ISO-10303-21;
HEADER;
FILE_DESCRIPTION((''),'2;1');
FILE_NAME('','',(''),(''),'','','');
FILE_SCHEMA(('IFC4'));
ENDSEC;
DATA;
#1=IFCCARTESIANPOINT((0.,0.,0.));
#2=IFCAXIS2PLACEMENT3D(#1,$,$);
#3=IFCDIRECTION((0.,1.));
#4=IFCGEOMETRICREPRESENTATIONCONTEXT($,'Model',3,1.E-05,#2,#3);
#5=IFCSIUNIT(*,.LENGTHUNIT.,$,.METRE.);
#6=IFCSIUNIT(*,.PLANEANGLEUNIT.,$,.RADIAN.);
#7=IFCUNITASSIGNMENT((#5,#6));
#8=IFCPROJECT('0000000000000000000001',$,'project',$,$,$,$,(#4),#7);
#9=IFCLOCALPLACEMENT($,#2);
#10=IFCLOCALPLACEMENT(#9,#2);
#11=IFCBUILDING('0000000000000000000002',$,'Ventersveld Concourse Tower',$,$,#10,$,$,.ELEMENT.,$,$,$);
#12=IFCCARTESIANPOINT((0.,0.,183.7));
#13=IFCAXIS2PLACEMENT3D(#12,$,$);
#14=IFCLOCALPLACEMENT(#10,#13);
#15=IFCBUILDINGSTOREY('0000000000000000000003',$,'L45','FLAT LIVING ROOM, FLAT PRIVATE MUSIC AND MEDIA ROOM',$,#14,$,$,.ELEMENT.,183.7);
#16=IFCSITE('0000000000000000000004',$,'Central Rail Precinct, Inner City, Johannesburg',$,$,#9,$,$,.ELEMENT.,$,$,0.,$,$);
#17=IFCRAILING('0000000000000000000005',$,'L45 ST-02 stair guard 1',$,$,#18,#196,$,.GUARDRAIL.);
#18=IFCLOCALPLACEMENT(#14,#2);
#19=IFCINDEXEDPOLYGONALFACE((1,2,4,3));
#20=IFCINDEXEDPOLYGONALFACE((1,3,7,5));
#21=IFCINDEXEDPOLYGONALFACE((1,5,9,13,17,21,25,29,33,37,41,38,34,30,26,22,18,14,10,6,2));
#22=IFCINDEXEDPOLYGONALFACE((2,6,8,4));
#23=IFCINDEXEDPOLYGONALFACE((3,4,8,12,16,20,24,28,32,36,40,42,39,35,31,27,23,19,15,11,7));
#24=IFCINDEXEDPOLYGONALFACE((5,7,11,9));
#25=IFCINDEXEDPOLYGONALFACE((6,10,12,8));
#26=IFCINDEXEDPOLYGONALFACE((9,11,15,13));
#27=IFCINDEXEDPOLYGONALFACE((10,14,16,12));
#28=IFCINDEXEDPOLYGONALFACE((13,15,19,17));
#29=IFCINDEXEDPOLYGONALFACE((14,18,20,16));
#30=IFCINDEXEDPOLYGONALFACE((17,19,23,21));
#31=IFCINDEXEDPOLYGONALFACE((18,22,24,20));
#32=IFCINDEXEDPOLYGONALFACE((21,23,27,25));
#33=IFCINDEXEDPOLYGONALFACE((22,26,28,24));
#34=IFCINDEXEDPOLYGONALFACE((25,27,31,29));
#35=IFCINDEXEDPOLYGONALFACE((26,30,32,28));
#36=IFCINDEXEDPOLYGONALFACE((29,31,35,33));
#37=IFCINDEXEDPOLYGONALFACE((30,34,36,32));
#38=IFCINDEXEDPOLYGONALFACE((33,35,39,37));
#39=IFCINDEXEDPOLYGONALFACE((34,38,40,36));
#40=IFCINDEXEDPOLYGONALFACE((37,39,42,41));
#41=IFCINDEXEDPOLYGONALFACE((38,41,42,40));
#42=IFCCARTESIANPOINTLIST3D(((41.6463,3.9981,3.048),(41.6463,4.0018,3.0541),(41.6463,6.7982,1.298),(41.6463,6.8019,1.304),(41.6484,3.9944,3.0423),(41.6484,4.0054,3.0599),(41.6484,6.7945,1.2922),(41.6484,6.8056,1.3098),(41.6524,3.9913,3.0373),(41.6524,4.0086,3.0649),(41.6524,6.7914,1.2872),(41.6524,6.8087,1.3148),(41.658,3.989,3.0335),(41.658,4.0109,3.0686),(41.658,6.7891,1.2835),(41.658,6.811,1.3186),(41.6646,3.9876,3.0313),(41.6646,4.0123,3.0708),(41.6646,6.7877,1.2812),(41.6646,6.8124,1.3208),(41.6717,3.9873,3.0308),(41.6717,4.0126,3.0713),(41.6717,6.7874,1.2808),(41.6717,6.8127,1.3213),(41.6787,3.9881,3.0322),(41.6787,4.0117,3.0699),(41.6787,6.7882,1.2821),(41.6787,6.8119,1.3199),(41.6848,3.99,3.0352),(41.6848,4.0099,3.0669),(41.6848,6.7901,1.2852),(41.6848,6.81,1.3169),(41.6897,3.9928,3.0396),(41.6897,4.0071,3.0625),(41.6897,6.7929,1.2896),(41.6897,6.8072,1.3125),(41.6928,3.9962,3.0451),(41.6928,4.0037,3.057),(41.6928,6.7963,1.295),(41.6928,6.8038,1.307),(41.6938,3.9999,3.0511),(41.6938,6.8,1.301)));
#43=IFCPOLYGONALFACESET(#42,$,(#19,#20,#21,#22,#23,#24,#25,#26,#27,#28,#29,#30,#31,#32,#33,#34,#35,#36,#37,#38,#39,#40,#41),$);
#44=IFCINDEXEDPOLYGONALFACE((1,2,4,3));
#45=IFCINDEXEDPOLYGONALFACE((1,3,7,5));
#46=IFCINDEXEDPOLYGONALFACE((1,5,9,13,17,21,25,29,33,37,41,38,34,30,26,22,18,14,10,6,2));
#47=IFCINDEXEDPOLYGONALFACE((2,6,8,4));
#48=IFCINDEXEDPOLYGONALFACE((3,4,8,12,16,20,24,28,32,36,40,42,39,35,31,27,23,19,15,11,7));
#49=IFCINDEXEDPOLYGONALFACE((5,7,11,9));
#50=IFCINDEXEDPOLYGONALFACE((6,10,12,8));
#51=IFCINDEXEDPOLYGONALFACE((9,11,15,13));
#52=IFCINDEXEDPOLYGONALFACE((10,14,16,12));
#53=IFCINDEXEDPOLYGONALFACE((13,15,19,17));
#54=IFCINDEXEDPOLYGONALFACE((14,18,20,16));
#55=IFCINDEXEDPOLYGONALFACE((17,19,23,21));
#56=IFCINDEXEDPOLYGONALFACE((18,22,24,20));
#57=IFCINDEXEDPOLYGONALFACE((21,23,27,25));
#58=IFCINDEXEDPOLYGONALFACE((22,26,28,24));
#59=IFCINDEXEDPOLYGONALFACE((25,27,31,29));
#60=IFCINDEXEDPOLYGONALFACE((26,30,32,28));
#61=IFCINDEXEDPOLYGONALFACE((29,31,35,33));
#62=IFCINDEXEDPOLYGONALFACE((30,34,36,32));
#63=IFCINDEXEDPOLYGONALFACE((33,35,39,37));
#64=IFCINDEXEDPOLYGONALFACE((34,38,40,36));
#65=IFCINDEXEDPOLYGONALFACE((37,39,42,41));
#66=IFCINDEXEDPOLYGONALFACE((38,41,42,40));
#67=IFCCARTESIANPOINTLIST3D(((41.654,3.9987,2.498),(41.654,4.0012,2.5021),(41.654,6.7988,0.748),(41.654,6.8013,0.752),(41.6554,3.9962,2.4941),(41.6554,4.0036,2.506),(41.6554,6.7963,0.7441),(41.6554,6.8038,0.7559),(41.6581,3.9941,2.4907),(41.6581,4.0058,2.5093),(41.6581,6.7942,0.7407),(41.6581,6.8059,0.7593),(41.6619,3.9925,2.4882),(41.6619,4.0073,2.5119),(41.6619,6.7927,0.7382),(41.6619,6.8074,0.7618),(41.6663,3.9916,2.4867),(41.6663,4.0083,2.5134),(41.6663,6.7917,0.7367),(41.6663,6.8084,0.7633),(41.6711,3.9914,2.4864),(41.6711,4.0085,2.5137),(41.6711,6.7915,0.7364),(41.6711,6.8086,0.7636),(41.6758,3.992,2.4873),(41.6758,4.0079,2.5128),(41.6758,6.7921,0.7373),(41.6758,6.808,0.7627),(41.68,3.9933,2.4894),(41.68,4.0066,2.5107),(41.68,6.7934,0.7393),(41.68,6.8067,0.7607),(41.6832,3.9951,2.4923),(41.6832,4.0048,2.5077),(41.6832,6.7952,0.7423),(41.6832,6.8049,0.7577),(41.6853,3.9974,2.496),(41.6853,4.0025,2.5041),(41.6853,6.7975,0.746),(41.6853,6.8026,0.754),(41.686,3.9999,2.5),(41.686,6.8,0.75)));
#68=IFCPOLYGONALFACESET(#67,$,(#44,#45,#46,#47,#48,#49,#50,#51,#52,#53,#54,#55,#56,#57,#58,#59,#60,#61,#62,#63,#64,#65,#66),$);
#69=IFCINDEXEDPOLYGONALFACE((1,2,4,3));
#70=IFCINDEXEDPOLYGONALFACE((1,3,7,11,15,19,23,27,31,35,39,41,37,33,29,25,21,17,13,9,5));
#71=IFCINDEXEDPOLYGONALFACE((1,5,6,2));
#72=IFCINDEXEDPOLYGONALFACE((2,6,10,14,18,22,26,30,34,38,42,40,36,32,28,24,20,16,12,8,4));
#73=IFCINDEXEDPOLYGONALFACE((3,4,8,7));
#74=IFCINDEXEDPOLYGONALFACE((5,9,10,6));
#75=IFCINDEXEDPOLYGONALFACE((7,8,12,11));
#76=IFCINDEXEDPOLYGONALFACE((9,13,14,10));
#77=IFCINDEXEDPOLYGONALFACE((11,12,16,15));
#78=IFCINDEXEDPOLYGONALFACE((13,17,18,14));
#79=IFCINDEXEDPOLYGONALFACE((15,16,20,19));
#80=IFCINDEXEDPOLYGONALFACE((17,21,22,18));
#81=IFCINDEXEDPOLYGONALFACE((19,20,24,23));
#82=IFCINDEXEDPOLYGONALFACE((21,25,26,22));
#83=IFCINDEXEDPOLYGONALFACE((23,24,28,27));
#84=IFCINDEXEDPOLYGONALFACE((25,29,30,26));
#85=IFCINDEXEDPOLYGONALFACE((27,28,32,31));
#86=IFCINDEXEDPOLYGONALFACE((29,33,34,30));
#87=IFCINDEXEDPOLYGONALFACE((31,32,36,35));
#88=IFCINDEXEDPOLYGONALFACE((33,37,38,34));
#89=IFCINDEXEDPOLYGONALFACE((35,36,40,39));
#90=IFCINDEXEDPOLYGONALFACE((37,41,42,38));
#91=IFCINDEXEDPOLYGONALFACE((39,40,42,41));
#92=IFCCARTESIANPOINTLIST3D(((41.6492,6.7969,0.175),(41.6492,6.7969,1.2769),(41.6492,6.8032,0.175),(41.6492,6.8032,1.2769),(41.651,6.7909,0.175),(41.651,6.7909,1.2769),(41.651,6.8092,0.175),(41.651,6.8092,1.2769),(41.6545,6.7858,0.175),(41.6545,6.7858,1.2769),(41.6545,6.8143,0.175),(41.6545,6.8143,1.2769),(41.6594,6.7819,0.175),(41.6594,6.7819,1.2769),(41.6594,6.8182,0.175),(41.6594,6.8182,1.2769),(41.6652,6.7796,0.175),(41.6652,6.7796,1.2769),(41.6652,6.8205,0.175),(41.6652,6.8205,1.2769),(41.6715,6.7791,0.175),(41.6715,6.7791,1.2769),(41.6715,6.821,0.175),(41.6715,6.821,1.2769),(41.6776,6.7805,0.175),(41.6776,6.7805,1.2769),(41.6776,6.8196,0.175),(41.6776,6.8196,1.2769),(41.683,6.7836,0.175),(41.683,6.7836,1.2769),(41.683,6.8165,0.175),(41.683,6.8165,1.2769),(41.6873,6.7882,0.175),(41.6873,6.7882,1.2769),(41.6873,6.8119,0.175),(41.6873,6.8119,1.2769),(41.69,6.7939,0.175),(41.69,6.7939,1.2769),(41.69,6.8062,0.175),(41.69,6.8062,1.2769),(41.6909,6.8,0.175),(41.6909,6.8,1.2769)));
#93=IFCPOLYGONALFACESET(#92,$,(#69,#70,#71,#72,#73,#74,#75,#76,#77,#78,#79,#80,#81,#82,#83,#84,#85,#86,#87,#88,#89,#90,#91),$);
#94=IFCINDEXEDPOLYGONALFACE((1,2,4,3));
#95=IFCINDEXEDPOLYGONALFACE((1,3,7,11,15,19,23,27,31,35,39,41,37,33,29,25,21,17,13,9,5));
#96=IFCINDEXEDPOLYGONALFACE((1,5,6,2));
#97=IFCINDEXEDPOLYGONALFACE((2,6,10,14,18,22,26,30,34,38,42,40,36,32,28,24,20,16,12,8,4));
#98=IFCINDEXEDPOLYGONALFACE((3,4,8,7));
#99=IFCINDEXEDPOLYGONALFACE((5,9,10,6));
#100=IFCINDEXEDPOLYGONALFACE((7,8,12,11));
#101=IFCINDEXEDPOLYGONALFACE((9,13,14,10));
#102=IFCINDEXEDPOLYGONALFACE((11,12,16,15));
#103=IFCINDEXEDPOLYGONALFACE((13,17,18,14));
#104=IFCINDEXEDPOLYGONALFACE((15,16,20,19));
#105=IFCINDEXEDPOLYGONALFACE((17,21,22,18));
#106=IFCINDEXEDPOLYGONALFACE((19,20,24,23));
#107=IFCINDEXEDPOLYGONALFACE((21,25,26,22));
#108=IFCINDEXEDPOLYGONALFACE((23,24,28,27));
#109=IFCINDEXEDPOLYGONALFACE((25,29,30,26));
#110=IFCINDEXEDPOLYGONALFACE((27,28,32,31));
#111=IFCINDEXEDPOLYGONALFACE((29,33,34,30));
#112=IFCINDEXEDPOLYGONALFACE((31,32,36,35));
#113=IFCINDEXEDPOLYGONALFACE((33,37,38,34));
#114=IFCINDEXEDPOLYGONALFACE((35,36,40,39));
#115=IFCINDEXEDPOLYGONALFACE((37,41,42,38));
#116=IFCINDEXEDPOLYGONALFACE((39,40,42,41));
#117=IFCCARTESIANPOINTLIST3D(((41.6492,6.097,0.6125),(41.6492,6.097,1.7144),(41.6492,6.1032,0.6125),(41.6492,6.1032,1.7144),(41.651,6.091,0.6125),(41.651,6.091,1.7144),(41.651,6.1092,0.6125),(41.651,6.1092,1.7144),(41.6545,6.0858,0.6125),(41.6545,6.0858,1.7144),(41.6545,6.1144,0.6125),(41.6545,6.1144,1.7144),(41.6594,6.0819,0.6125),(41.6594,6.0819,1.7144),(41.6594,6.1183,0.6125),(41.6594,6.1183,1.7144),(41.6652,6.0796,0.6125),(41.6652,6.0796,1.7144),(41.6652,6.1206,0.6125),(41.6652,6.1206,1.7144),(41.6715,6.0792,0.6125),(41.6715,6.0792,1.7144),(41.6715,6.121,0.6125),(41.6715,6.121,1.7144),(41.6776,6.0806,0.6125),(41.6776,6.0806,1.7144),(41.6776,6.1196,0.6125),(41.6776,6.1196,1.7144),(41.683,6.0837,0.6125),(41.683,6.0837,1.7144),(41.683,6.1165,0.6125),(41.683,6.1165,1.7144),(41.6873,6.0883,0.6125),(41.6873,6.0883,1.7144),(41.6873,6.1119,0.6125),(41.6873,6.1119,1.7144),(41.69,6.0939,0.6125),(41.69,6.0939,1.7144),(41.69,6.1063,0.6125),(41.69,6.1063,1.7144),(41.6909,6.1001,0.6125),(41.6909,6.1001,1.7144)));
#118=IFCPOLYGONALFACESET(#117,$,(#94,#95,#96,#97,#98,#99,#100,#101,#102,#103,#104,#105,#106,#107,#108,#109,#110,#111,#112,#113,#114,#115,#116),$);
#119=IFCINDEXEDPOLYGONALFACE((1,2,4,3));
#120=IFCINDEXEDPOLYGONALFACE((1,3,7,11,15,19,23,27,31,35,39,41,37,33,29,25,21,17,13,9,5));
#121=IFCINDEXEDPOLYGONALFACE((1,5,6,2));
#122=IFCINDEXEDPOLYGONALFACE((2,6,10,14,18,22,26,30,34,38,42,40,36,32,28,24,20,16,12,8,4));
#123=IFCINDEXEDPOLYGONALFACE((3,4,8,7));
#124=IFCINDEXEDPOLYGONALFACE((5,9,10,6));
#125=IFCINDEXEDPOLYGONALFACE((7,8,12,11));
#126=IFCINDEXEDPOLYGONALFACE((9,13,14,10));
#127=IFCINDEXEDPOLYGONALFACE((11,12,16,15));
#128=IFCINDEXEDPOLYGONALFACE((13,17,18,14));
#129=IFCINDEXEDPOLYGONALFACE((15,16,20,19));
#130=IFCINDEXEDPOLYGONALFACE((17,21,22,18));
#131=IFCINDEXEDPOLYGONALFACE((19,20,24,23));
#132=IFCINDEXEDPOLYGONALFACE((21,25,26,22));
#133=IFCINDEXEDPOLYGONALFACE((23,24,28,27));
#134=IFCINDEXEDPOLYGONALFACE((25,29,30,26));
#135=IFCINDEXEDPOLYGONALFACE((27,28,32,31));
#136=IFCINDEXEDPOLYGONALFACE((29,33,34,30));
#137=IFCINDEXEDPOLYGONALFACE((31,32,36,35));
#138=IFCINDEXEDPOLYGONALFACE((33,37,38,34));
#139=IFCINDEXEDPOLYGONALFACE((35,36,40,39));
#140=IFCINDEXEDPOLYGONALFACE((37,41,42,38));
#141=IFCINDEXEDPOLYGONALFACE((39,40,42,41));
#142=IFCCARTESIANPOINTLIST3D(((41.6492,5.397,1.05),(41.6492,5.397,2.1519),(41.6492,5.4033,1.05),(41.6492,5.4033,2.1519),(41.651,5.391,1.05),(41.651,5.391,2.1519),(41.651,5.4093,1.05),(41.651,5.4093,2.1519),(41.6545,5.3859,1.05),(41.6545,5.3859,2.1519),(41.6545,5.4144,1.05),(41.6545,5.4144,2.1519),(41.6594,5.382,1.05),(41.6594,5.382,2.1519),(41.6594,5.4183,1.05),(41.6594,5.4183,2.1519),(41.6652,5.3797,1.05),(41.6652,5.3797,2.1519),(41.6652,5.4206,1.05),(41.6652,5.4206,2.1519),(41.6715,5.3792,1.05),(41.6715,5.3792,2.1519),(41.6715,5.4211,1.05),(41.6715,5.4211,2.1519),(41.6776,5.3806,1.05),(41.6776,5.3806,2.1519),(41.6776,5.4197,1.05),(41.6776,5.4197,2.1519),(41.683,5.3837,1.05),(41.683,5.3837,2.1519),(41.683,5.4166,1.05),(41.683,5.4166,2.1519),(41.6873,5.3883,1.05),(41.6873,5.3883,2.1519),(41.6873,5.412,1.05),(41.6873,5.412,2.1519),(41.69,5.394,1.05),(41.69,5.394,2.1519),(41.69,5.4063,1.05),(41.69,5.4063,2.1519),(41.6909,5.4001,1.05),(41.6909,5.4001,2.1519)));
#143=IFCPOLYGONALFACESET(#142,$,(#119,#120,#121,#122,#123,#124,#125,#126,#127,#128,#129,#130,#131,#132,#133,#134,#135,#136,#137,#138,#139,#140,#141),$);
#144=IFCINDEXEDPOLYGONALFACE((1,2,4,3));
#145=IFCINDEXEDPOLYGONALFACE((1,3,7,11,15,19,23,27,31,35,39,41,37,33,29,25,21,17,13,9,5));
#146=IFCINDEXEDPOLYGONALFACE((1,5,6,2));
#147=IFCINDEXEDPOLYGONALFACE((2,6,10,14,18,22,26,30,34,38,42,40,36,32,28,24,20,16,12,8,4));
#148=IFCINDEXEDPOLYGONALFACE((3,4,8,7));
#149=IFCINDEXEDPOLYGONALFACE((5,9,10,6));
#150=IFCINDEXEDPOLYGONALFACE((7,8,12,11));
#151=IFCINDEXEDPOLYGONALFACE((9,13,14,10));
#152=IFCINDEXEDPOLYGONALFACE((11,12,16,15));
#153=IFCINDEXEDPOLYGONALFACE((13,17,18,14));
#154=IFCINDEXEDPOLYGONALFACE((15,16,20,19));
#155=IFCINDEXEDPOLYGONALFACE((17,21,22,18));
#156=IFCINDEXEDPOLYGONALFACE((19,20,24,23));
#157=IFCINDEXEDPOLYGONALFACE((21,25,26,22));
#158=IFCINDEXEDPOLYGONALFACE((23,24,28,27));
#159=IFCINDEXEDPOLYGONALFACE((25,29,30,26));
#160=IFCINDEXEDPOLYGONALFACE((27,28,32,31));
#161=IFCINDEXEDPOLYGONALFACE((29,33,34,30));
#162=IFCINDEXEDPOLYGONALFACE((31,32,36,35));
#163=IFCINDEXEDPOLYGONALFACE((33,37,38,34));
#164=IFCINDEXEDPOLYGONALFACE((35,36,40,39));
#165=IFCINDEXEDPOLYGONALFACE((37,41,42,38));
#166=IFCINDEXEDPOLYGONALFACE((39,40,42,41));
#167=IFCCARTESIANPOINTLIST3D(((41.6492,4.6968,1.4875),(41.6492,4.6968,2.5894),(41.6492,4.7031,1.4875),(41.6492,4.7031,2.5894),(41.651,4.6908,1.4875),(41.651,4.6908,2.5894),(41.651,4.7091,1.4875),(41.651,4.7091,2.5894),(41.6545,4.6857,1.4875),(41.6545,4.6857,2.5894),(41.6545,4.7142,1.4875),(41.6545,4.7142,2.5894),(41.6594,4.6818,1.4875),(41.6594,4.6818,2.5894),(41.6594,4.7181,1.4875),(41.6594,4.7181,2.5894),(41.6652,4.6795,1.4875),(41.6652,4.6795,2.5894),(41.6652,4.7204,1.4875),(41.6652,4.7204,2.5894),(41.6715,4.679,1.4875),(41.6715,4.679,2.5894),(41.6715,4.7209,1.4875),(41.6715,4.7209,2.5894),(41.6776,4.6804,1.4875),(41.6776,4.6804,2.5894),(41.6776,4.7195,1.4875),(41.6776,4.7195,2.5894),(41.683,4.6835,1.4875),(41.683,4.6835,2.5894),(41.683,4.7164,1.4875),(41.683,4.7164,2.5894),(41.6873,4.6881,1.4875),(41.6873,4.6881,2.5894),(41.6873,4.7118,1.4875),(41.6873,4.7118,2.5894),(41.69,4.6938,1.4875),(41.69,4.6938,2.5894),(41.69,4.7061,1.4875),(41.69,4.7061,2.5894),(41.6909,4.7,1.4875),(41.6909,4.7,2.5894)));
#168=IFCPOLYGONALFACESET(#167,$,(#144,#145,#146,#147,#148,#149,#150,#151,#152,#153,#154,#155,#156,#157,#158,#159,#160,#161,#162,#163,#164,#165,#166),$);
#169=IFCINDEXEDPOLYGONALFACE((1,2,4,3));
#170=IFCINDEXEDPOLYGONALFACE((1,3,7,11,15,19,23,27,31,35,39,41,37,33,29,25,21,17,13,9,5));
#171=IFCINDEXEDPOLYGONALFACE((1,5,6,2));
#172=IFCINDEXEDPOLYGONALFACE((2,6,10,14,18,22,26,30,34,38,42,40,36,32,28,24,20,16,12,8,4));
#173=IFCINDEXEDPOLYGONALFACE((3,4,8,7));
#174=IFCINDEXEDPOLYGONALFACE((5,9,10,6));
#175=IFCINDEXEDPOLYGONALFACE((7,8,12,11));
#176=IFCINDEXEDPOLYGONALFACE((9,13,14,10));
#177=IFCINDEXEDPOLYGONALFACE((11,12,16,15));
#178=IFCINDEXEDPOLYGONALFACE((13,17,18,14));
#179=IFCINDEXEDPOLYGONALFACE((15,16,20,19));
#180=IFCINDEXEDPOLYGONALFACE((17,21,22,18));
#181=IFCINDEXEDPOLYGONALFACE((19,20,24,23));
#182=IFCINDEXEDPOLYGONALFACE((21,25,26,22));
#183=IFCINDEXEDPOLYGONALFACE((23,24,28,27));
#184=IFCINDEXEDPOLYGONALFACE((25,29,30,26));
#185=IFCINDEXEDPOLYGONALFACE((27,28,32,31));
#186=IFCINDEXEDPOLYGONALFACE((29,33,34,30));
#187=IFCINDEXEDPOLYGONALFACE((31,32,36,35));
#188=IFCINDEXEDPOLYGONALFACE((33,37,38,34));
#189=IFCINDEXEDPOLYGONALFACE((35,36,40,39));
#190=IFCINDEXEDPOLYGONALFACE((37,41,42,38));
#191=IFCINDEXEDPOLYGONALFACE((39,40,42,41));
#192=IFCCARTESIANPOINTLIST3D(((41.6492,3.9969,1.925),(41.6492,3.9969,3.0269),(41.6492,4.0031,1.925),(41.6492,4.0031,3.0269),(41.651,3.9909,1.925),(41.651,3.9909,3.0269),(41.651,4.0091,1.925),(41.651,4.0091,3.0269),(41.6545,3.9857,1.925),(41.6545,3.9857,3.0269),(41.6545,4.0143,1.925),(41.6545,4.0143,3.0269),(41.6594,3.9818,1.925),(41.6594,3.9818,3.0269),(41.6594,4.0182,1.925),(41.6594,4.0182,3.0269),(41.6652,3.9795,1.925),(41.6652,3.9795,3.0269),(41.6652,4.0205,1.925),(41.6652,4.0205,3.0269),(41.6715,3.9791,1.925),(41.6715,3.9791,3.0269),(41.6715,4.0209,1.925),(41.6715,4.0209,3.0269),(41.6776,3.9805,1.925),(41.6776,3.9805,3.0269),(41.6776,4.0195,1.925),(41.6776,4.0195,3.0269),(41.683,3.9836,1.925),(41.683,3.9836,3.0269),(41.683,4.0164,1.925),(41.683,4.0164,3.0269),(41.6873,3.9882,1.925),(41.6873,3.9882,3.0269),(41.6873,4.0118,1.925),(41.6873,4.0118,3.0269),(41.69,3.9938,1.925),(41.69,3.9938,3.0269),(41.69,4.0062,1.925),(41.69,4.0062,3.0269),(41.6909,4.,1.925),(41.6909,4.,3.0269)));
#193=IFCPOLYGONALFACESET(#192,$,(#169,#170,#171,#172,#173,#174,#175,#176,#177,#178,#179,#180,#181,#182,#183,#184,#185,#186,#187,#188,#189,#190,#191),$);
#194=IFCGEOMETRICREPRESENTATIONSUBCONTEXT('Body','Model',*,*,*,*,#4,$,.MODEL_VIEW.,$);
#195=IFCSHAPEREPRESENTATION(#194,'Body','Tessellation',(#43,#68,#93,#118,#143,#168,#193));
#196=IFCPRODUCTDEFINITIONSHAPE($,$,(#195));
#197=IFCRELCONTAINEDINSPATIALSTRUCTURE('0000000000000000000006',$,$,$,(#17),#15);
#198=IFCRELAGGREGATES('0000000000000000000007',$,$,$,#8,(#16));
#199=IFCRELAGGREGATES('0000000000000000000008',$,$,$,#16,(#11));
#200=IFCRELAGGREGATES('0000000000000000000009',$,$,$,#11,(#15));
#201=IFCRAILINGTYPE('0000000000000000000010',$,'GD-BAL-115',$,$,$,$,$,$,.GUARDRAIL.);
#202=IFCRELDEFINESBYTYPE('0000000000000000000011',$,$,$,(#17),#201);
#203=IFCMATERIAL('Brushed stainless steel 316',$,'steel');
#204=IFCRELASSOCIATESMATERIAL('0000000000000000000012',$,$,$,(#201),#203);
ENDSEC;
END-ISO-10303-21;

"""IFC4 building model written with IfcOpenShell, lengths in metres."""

from ifc_helpers import new_model, si_unit, direction, frame, origin, origin_2d, place, context, subcontext, project, spatial, circle, extrude, material, type_object, element, save


model = new_model("IFC4")

# Units and contexts
model_context = context("Model", 3, precision=1e-05, world=origin(), true_north=direction((0.0, 1.0)))
body_context = subcontext(model_context, "Body", "Model", "MODEL_VIEW")
ifc_project = project(units=[si_unit("LENGTHUNIT", "METRE"), si_unit("PLANEANGLEUNIT", "RADIAN")], contexts=[model_context])

# Site, building, storey
site_placement = place(None, origin())
site = spatial("IfcSite", under=ifc_project, at=site_placement, Name="Central Rail Precinct, Inner City, Johannesburg", CompositionType="ELEMENT", RefElevation=0.0)
building_placement = place(site_placement, origin())
building = spatial("IfcBuilding", under=site, at=building_placement, Name="Ventersveld Concourse Tower", CompositionType="ELEMENT")
storey_placement = place(building_placement, frame((0.0, 0.0, 183.7)))
storey = spatial("IfcBuildingStorey", under=building, at=storey_placement, Name="L45", Description="FLAT LIVING ROOM, FLAT PRIVATE MUSIC AND MEDIA ROOM", CompositionType="ELEMENT", Elevation=183.7)

# Shared definitions
ifc_material_1 = material(Name="Brushed stainless steel 316", Category="steel")

# Railing
railing_type_1 = type_object("IfcRailingType", Name="GD-BAL-115", PredefinedType="GUARDRAIL", material=ifc_material_1)
railing_1_placement = place(storey_placement, frame((41.6699, 6.8, 0.175)))
element("IfcRailing", 1, at=railing_1_placement, inside=storey, type_object=railing_type_1, Name="L45 ST-02 stair guard 1", PredefinedType="GUARDRAIL", context=body_context, shape_type="SweptSolid", body=[
    extrude(circle(Radius=0.0239, at=origin_2d()), frame((0.0, 0.0, 1.126), z_axis=(0.0, -0.848002, 0.529992), x_axis=(1.0, 0.0, 0.0)), (0.0, 0.0, 1.0), 3.302),
    extrude(circle(Radius=0.0161, at=origin_2d()), frame((0.0, 0.0, 0.575), z_axis=(0.0, -0.848002, 0.529992), x_axis=(1.0, 0.0, 0.0)), (0.0, 0.0, 1.0), 3.302),
    extrude(circle(Radius=0.021, at=origin_2d()), origin(), (0.0, 0.0, 1.0), 1.1018),
    extrude(circle(Radius=0.021, at=origin_2d()), frame((0.0, -0.7, 0.4375)), (0.0, 0.0, 1.0), 1.1018),
    extrude(circle(Radius=0.021, at=origin_2d()), frame((0.0, -1.3999, 0.875)), (0.0, 0.0, 1.0), 1.1018),
    extrude(circle(Radius=0.021, at=origin_2d()), frame((0.0, -2.1001, 1.3125)), (0.0, 0.0, 1.0), 1.1018),
    extrude(circle(Radius=0.021, at=origin_2d()), frame((0.0, -2.8, 1.75)), (0.0, 0.0, 1.0), 1.1018),
])

save(model, "model.ifc")
